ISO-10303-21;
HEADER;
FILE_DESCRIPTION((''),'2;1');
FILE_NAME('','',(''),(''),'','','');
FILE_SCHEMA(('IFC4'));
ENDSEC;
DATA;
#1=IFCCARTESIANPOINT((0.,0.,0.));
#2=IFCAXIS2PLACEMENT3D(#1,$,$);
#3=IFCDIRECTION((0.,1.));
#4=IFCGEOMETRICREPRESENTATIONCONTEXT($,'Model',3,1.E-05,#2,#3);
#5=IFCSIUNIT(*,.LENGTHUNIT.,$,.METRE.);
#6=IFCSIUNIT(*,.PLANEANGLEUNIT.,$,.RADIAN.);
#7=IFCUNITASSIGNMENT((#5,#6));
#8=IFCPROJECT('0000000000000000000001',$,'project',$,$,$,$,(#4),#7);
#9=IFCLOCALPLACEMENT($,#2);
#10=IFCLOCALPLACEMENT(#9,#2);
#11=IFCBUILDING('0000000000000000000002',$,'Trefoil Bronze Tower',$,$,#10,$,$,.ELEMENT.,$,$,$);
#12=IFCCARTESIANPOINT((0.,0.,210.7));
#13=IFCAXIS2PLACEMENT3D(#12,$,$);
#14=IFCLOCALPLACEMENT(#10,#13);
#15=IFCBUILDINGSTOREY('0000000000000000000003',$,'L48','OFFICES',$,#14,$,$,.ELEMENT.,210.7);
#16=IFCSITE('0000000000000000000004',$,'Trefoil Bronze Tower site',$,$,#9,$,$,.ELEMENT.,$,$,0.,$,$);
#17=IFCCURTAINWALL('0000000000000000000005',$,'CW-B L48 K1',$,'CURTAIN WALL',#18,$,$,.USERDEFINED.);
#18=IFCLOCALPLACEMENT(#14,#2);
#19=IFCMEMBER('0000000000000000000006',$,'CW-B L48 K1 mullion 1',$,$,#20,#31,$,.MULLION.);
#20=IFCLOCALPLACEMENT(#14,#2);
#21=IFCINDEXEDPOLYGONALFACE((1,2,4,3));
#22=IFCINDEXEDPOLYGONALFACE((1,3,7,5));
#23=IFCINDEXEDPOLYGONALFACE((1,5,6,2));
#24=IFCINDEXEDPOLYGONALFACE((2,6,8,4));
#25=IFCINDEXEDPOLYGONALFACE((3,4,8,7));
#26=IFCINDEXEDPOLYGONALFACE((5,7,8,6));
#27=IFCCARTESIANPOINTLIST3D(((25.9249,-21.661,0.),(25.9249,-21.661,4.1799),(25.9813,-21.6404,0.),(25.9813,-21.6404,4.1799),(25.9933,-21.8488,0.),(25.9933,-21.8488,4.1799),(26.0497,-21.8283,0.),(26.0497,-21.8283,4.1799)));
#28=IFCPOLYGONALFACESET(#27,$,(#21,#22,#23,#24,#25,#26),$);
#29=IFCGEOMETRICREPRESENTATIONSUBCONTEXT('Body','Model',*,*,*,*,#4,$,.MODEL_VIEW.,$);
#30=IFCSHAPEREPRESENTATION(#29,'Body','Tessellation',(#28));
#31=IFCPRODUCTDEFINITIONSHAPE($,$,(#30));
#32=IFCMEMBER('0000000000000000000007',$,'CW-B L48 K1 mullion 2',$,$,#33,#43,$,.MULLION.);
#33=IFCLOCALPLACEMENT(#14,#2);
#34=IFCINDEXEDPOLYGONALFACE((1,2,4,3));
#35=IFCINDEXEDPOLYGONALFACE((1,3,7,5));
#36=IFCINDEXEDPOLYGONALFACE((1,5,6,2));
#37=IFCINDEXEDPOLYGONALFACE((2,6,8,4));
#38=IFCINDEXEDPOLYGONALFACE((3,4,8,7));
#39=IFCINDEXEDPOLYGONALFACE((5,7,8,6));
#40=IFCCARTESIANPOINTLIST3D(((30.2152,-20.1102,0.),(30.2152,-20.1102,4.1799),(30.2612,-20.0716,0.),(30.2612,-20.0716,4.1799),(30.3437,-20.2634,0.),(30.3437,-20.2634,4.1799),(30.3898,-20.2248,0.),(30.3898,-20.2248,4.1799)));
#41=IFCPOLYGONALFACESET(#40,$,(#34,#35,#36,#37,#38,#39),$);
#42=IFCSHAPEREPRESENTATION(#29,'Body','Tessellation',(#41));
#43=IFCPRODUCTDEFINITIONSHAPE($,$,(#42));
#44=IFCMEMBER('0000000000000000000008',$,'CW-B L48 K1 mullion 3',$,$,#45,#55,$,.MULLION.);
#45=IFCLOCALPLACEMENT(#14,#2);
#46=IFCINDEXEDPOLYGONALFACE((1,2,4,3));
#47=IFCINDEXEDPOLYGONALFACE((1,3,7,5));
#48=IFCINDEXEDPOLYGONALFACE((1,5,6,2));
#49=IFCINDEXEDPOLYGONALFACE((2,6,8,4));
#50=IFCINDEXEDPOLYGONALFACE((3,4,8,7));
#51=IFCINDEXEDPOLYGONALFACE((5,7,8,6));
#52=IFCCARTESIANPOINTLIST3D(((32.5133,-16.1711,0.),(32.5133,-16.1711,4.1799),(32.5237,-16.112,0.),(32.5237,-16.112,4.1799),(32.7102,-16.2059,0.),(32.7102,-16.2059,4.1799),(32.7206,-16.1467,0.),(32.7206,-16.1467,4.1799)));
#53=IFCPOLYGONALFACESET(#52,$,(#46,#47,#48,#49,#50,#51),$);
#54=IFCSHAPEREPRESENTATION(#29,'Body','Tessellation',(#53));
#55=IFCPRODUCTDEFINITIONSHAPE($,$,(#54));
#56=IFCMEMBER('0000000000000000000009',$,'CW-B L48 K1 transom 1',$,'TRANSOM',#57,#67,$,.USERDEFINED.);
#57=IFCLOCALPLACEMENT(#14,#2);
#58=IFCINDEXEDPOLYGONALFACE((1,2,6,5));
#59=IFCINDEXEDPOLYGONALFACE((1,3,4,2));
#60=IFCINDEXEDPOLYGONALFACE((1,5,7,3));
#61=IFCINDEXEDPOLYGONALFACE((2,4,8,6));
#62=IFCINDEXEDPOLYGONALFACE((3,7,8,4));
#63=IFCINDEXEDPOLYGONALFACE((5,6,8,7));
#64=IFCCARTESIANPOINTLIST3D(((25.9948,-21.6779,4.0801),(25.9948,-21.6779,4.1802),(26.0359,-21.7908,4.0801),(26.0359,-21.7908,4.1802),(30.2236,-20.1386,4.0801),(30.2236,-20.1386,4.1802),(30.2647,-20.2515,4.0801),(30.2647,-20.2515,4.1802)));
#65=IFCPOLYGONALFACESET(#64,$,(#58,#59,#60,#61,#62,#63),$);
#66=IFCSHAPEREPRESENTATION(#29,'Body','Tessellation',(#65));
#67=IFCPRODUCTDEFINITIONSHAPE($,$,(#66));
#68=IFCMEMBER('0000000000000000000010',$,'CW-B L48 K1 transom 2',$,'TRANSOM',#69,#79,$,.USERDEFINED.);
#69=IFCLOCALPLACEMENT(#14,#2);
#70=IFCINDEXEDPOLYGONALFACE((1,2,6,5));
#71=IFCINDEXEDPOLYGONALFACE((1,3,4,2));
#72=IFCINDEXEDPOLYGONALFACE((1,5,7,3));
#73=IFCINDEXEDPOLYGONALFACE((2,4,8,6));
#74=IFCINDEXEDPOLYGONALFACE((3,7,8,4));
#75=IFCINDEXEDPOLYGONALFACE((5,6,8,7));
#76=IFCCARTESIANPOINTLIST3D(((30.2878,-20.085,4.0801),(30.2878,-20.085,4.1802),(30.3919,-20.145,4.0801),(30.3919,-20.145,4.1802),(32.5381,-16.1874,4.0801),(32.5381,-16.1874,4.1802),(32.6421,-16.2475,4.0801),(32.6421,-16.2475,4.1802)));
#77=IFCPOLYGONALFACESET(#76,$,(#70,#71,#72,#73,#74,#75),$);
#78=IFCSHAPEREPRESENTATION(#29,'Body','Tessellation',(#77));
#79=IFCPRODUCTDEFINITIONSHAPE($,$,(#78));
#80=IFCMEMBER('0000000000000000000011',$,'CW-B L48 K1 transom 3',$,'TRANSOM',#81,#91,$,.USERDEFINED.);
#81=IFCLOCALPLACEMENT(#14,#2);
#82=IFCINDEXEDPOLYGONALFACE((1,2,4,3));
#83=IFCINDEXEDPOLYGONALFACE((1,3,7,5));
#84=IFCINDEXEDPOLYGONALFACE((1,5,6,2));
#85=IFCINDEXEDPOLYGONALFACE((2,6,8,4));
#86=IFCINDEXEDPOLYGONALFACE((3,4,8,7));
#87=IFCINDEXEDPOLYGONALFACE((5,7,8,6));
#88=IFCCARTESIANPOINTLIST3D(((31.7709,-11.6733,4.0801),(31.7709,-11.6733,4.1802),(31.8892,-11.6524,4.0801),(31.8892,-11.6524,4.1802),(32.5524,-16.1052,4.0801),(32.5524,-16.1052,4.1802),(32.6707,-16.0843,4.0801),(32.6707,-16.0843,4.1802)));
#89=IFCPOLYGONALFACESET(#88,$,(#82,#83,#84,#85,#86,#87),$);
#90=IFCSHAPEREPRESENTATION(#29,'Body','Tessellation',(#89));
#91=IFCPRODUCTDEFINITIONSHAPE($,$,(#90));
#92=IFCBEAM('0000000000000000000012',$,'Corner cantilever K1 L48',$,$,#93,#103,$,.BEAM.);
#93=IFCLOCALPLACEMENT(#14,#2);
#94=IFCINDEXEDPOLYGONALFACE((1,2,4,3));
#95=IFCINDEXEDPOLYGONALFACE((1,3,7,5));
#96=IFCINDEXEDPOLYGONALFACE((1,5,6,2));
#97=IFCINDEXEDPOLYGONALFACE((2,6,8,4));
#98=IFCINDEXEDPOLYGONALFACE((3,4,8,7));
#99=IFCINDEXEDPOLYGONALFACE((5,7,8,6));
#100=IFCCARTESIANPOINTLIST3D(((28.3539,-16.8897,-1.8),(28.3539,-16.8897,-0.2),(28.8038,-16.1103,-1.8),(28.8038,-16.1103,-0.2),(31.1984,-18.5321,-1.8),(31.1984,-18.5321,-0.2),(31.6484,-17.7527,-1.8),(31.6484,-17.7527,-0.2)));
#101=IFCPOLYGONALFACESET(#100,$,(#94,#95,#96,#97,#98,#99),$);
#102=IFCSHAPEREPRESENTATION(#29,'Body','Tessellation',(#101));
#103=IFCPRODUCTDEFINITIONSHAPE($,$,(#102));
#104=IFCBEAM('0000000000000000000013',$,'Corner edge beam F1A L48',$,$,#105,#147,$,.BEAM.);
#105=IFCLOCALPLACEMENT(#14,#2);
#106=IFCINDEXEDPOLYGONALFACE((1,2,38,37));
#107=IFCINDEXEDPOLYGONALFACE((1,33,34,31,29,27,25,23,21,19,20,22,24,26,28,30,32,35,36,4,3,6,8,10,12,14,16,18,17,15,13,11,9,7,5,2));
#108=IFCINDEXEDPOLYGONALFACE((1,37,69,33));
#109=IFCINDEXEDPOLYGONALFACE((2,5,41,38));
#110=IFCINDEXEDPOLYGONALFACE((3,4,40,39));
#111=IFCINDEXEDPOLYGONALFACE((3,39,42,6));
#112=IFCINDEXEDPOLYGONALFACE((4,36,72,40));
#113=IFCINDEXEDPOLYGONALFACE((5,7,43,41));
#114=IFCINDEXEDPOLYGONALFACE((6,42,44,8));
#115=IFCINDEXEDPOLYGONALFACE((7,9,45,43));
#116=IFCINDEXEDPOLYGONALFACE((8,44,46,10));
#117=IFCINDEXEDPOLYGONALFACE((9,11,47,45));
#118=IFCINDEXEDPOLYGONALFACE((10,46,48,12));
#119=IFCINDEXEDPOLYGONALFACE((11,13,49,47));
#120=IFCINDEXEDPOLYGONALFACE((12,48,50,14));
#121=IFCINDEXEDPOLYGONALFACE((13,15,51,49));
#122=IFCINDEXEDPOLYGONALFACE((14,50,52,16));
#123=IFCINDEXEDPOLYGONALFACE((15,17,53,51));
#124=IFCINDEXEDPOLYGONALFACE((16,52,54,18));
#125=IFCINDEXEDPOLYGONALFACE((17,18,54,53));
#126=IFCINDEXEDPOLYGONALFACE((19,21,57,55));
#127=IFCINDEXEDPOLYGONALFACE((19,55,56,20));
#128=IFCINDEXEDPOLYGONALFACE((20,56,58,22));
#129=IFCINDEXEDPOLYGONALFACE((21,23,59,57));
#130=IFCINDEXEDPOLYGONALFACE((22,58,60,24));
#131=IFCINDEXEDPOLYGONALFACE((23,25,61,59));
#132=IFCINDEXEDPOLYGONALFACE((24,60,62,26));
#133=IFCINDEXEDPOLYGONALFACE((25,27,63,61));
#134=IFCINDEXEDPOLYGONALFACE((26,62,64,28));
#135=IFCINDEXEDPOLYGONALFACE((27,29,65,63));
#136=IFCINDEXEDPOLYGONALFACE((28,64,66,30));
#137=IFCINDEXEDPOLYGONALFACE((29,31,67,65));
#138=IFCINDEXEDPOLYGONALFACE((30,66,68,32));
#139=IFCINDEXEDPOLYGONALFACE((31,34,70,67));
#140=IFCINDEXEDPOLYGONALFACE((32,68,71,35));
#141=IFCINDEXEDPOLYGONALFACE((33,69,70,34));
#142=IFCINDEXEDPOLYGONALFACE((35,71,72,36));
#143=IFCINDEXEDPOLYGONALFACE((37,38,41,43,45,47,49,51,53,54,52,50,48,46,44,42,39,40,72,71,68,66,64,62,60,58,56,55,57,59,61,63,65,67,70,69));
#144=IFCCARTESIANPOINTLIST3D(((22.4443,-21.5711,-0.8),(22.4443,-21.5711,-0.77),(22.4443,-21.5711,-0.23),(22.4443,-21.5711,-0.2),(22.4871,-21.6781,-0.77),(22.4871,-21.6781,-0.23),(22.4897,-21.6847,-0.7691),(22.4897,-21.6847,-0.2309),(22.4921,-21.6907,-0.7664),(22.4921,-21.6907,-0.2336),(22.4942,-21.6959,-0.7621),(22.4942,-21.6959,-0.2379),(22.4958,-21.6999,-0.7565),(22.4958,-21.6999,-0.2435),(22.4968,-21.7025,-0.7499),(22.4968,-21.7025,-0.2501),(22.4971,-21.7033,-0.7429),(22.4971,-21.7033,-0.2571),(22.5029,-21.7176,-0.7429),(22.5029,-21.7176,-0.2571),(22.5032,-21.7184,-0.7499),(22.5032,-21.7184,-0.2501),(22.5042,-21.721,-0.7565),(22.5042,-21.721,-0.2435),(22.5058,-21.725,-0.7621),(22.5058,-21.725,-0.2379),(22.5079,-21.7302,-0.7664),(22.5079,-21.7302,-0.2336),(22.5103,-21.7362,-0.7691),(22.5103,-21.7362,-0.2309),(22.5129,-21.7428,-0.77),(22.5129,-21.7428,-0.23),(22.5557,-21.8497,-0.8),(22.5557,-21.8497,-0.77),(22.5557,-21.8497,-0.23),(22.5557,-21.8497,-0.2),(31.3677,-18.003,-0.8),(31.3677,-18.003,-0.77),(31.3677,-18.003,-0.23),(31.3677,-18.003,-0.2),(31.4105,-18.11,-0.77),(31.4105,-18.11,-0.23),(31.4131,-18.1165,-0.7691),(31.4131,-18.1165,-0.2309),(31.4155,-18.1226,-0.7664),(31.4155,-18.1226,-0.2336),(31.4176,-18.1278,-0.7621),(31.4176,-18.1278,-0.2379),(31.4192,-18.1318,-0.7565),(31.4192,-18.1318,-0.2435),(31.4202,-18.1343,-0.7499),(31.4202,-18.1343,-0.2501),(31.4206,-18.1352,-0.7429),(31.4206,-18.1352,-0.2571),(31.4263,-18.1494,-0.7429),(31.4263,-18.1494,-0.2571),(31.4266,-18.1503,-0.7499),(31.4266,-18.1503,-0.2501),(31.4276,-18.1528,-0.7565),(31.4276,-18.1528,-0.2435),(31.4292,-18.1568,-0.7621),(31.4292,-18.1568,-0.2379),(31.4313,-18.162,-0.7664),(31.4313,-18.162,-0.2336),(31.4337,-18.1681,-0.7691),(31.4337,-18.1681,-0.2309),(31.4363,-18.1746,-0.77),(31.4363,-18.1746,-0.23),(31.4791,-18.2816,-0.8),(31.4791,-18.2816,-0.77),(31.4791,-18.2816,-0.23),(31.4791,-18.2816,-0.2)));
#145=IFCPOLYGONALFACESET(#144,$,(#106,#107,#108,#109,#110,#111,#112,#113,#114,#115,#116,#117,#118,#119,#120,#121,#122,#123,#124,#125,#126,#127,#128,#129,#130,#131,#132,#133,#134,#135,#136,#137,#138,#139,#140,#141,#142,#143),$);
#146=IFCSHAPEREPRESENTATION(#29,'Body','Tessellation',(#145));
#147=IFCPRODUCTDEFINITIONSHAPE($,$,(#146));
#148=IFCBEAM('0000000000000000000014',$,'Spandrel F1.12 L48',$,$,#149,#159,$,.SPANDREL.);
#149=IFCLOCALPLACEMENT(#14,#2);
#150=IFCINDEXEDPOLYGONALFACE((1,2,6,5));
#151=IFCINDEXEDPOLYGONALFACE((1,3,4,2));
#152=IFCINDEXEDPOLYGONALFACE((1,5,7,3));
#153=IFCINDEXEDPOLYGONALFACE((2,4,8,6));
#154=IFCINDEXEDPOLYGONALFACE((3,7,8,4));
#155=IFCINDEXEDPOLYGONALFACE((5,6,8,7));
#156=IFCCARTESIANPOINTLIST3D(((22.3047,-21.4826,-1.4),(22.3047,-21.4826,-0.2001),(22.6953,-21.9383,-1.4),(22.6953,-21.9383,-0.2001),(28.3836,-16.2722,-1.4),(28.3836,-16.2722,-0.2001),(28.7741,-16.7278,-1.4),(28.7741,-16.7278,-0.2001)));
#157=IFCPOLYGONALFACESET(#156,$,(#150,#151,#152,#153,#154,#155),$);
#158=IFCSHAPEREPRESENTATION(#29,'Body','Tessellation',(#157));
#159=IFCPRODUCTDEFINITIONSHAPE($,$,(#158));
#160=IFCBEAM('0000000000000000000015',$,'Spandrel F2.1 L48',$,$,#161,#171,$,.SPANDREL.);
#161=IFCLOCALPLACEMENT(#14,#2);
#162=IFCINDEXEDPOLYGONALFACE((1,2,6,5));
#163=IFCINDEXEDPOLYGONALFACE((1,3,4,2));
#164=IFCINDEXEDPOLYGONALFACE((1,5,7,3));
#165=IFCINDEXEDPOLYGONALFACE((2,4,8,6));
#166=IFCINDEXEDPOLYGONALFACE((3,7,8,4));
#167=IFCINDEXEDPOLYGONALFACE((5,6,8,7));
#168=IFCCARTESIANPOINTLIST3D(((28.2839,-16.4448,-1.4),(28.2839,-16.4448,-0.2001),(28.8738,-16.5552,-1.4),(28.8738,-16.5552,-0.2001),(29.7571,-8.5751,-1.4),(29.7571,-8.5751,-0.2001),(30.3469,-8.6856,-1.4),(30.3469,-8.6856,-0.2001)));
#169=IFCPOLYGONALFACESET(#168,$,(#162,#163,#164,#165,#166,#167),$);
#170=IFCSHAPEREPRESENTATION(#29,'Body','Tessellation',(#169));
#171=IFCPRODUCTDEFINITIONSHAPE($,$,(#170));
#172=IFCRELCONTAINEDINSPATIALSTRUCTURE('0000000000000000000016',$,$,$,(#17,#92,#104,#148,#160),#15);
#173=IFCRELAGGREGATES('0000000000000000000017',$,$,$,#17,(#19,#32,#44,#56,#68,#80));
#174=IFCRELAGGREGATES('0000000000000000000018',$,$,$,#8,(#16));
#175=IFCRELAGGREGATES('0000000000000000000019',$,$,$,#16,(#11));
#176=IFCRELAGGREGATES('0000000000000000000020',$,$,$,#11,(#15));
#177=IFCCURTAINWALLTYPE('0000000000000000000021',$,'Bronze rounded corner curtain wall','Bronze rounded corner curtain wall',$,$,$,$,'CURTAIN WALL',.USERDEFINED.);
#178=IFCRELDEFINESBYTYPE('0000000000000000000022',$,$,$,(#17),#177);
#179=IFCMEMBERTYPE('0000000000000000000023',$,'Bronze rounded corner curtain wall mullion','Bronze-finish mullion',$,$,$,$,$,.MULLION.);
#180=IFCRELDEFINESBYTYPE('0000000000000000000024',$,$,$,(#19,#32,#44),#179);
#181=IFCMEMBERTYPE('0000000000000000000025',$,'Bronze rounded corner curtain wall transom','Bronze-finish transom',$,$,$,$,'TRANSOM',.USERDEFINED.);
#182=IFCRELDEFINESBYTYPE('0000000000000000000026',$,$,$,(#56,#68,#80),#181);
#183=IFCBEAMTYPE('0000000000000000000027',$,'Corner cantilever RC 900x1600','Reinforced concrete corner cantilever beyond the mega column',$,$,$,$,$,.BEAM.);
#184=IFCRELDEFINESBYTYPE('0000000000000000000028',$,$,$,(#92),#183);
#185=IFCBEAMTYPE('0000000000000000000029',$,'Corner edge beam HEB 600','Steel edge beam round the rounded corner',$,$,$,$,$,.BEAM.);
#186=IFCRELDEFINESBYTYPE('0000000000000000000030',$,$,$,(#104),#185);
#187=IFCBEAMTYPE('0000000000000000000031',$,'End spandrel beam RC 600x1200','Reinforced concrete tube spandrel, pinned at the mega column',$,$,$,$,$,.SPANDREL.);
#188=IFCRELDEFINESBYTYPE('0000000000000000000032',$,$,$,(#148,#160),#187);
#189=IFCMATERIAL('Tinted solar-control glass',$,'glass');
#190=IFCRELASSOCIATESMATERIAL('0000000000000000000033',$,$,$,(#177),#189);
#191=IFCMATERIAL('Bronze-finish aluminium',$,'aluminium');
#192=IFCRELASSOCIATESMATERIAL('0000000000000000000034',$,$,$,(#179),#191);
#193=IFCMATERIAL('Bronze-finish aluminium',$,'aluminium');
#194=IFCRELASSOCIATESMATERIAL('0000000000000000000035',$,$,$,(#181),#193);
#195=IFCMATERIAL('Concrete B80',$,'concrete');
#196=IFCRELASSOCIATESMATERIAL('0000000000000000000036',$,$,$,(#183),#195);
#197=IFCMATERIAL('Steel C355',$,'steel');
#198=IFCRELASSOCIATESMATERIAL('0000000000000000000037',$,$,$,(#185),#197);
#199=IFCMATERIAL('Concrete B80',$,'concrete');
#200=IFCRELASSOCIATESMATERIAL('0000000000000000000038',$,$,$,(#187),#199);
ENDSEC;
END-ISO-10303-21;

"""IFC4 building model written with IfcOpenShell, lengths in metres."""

from ifc_helpers import new_model, si_unit, direction, frame, origin, origin_2d, place, context, subcontext, project, spatial, rectangle, i_section, extrude, material, material_profile, profile_set, type_object, element, aggregate, save


model = new_model("IFC4")

# Units and contexts
model_context = context("Model", 3, precision=1e-05, world=origin(), true_north=direction((0.0, 1.0)))
body_context = subcontext(model_context, "Body", "Model", "MODEL_VIEW")
ifc_project = project(units=[si_unit("LENGTHUNIT", "METRE"), si_unit("PLANEANGLEUNIT", "RADIAN")], contexts=[model_context])

# Site, building, storey
site_placement = place(None, origin())
site = spatial("IfcSite", under=ifc_project, at=site_placement, Name="Trefoil Bronze Tower site", CompositionType="ELEMENT", RefElevation=0.0)
building_placement = place(site_placement, origin())
building = spatial("IfcBuilding", under=site, at=building_placement, Name="Trefoil Bronze Tower", CompositionType="ELEMENT")
storey_placement = place(building_placement, frame((0.0, 0.0, 210.7)))
storey = spatial("IfcBuildingStorey", under=building, at=storey_placement, Name="L48", Description="OFFICES", CompositionType="ELEMENT", Elevation=210.7)

# Curtain wall, members
ifc_material_1 = material(Name="Tinted solar-control glass", Category="glass")
curtain_wall_type_1 = type_object("IfcCurtainWallType", Name="Bronze rounded corner curtain wall", Description="Bronze rounded corner curtain wall", ElementType="CURTAIN WALL", PredefinedType="USERDEFINED", material=ifc_material_1)
curtain_wall_1_placement = place(storey_placement, origin())
curtain_wall_1 = element("IfcCurtainWall", 1, at=curtain_wall_1_placement, inside=storey, type_object=curtain_wall_type_1, Name="CW-B L48 K1", ObjectType="CURTAIN WALL", PredefinedType="USERDEFINED")
ifc_material_2 = material(Name="Bronze-finish aluminium", Category="aluminium")
ifc_material_profile_1 = material_profile(ifc_material_2, rectangle(XDim=0.2, YDim=0.0601, at=origin_2d()), Name="CW-B mullion")
ifc_profile_set_1 = profile_set([ifc_material_profile_1], Name="Bronze-finish aluminium")
member_type_1 = type_object("IfcMemberType", Name="Bronze rounded corner curtain wall mullion", Description="Bronze-finish mullion", PredefinedType="MULLION", material=ifc_profile_set_1)
member_1_placement = place(storey_placement, frame((25.9873, -21.7446, 0.0), z_axis=(0.0, 0.0, 1.0), x_axis=(-0.34202, 0.939693, 0.0)))
member_1 = element("IfcMember", 2, at=member_1_placement, type_object=member_type_1, Name="CW-B L48 K1 mullion 1", PredefinedType="MULLION", context=body_context, shape_type="SweptSolid", body=[
    extrude(rectangle(XDim=0.2, YDim=0.0601, at=origin_2d()), origin(), (0.0, 0.0, 1.0), 4.1799),
])
member_2_placement = place(storey_placement, frame((30.3025, -20.1675, 0.0), z_axis=(0.0, 0.0, 1.0), x_axis=(-0.642788, 0.766044, 0.0)))
member_2 = element("IfcMember", 3, at=member_2_placement, type_object=member_type_1, Name="CW-B L48 K1 mullion 2", PredefinedType="MULLION", context=body_context, shape_type="SweptSolid", body=[
    extrude(rectangle(XDim=0.2, YDim=0.0601, at=origin_2d()), origin(), (0.0, 0.0, 1.0), 4.1799),
])
member_3_placement = place(storey_placement, frame((32.6169, -16.1589, 0.0), z_axis=(0.0, 0.0, 1.0), x_axis=(-0.984808, 0.173648, 0.0)))
member_3 = element("IfcMember", 4, at=member_3_placement, type_object=member_type_1, Name="CW-B L48 K1 mullion 3", PredefinedType="MULLION", context=body_context, shape_type="SweptSolid", body=[
    extrude(rectangle(XDim=0.2, YDim=0.0601, at=origin_2d()), origin(), (0.0, 0.0, 1.0), 4.1799),
])
ifc_material_3 = material(Name="Bronze-finish aluminium", Category="aluminium")
ifc_material_profile_2 = material_profile(ifc_material_3, rectangle(XDim=0.1201, YDim=0.1001, at=origin_2d()), Name="CW-B transom")
ifc_profile_set_2 = profile_set([ifc_material_profile_2], Name="Bronze-finish aluminium")
member_type_2 = type_object("IfcMemberType", Name="Bronze rounded corner curtain wall transom", Description="Bronze-finish transom", ElementType="TRANSOM", PredefinedType="USERDEFINED", material=ifc_profile_set_2)
member_4_placement = place(storey_placement, frame((26.0154, -21.7344, 4.1301), z_axis=(0.939681, 0.342052, 0.0), x_axis=(-0.342052, 0.939681, 0.0)))
member_4 = element("IfcMember", 5, at=member_4_placement, type_object=member_type_2, Name="CW-B L48 K1 transom 1", ObjectType="TRANSOM", PredefinedType="USERDEFINED", context=body_context, shape_type="SweptSolid", body=[
    extrude(rectangle(XDim=0.1201, YDim=0.1001, at=origin_2d()), origin(), (0.0, 0.0, 1.0), 4.5002),
])
member_5_placement = place(storey_placement, frame((30.3398, -20.115, 4.1301), z_axis=(0.500007, 0.866021, 0.0), x_axis=(-0.866021, 0.500007, 0.0)))
member_5 = element("IfcMember", 6, at=member_5_placement, type_object=member_type_2, Name="CW-B L48 K1 transom 2", ObjectType="TRANSOM", PredefinedType="USERDEFINED", context=body_context, shape_type="SweptSolid", body=[
    extrude(rectangle(XDim=0.1201, YDim=0.1001, at=origin_2d()), origin(), (0.0, 0.0, 1.0), 4.5005),
])
member_6_placement = place(storey_placement, frame((32.6116, -16.0947, 4.1301), z_axis=(-0.173655, 0.984806, 0.0), x_axis=(-0.984806, -0.173655, 0.0)))
member_6 = element("IfcMember", 7, at=member_6_placement, type_object=member_type_2, Name="CW-B L48 K1 transom 3", ObjectType="TRANSOM", PredefinedType="USERDEFINED", context=body_context, shape_type="SweptSolid", body=[
    extrude(rectangle(XDim=0.1201, YDim=0.1001, at=origin_2d()), origin(), (0.0, 0.0, 1.0), 4.5002),
])

# Beams
ifc_material_4 = material(Name="Concrete B80", Category="concrete")
ifc_material_profile_3 = material_profile(ifc_material_4, rectangle(XDim=0.8999, YDim=1.6001, at=origin_2d()), Name="RC 900x1600")
ifc_profile_set_3 = profile_set([ifc_material_profile_3], Name="Concrete B80")
beam_type_1 = type_object("IfcBeamType", Name="Corner cantilever RC 900x1600", Description="Reinforced concrete corner cantilever beyond the mega column", PredefinedType="BEAM", material=ifc_profile_set_3)
beam_1_placement = place(storey_placement, frame((28.5789, -16.5, -1.0), z_axis=(0.866016, -0.500016, 0.0), x_axis=(0.500016, 0.866016, 0.0)))
element("IfcBeam", 8, at=beam_1_placement, inside=storey, type_object=beam_type_1, Name="Corner cantilever K1 L48", PredefinedType="BEAM", context=body_context, shape_type="SweptSolid", body=[
    extrude(rectangle(XDim=0.8999, YDim=1.6001, at=origin_2d()), origin(), (0.0, 0.0, 1.0), 3.2847),
])
ifc_material_5 = material(Name="Steel C355", Category="steel")
ifc_material_profile_4 = material_profile(ifc_material_5, i_section(OverallWidth=0.3, OverallDepth=0.6001, WebThickness=0.0154, FlangeThickness=0.03, FilletRadius=0.0271, at=origin_2d()), Name="HEB 600")
ifc_profile_set_4 = profile_set([ifc_material_profile_4], Name="Steel C355")
beam_type_2 = type_object("IfcBeamType", Name="Corner edge beam HEB 600", Description="Steel edge beam round the rounded corner", PredefinedType="BEAM", material=ifc_profile_set_4)
beam_2_placement = place(storey_placement, frame((22.5, -21.7104, -0.5), z_axis=(0.92852, 0.371281, 0.0), x_axis=(-0.371281, 0.92852, 0.0)))
element("IfcBeam", 9, at=beam_2_placement, inside=storey, type_object=beam_type_2, Name="Corner edge beam F1A L48", PredefinedType="BEAM", context=body_context, shape_type="SweptSolid", body=[
    extrude(i_section(OverallWidth=0.3, OverallDepth=0.6001, WebThickness=0.0154, FlangeThickness=0.03, FilletRadius=0.0271, at=origin_2d()), origin(), (0.0, 0.0, 1.0), 9.6104),
])
ifc_material_6 = material(Name="Concrete B80", Category="concrete")
ifc_material_profile_5 = material_profile(ifc_material_6, rectangle(XDim=0.6001, YDim=1.2, at=origin_2d()), Name="RC 600x1200")
ifc_profile_set_5 = profile_set([ifc_material_profile_5], Name="Concrete B80")
beam_type_3 = type_object("IfcBeamType", Name="End spandrel beam RC 600x1200", Description="Reinforced concrete tube spandrel, pinned at the mega column", PredefinedType="SPANDREL", material=ifc_profile_set_5)
for number, where, z_axis, x_axis, name in (
    (10, (22.5, -21.7104, -0.8), (0.759257, 0.650791, 0.0), (-0.650791, 0.759257, 0.0), "Spandrel F1.12 L48"),
    (11, (28.5789, -16.5, -0.8), (0.183998, 0.982927, 0.0), (-0.982927, 0.183998, 0.0), "Spandrel F2.1 L48"),
):
    element("IfcBeam", number, at=place(storey_placement, frame(where, z_axis=z_axis, x_axis=x_axis)), inside=storey, type_object=beam_type_3, Name=name, PredefinedType="SPANDREL", context=body_context, shape_type="SweptSolid", body=[
        extrude(rectangle(XDim=0.6001, YDim=1.2, at=origin_2d()), origin(), (0.0, 0.0, 1.0), 8.0063),
    ])

aggregate(curtain_wall_1, [member_1, member_2, member_3, member_4, member_5, member_6])

save(model, "model.ifc")
